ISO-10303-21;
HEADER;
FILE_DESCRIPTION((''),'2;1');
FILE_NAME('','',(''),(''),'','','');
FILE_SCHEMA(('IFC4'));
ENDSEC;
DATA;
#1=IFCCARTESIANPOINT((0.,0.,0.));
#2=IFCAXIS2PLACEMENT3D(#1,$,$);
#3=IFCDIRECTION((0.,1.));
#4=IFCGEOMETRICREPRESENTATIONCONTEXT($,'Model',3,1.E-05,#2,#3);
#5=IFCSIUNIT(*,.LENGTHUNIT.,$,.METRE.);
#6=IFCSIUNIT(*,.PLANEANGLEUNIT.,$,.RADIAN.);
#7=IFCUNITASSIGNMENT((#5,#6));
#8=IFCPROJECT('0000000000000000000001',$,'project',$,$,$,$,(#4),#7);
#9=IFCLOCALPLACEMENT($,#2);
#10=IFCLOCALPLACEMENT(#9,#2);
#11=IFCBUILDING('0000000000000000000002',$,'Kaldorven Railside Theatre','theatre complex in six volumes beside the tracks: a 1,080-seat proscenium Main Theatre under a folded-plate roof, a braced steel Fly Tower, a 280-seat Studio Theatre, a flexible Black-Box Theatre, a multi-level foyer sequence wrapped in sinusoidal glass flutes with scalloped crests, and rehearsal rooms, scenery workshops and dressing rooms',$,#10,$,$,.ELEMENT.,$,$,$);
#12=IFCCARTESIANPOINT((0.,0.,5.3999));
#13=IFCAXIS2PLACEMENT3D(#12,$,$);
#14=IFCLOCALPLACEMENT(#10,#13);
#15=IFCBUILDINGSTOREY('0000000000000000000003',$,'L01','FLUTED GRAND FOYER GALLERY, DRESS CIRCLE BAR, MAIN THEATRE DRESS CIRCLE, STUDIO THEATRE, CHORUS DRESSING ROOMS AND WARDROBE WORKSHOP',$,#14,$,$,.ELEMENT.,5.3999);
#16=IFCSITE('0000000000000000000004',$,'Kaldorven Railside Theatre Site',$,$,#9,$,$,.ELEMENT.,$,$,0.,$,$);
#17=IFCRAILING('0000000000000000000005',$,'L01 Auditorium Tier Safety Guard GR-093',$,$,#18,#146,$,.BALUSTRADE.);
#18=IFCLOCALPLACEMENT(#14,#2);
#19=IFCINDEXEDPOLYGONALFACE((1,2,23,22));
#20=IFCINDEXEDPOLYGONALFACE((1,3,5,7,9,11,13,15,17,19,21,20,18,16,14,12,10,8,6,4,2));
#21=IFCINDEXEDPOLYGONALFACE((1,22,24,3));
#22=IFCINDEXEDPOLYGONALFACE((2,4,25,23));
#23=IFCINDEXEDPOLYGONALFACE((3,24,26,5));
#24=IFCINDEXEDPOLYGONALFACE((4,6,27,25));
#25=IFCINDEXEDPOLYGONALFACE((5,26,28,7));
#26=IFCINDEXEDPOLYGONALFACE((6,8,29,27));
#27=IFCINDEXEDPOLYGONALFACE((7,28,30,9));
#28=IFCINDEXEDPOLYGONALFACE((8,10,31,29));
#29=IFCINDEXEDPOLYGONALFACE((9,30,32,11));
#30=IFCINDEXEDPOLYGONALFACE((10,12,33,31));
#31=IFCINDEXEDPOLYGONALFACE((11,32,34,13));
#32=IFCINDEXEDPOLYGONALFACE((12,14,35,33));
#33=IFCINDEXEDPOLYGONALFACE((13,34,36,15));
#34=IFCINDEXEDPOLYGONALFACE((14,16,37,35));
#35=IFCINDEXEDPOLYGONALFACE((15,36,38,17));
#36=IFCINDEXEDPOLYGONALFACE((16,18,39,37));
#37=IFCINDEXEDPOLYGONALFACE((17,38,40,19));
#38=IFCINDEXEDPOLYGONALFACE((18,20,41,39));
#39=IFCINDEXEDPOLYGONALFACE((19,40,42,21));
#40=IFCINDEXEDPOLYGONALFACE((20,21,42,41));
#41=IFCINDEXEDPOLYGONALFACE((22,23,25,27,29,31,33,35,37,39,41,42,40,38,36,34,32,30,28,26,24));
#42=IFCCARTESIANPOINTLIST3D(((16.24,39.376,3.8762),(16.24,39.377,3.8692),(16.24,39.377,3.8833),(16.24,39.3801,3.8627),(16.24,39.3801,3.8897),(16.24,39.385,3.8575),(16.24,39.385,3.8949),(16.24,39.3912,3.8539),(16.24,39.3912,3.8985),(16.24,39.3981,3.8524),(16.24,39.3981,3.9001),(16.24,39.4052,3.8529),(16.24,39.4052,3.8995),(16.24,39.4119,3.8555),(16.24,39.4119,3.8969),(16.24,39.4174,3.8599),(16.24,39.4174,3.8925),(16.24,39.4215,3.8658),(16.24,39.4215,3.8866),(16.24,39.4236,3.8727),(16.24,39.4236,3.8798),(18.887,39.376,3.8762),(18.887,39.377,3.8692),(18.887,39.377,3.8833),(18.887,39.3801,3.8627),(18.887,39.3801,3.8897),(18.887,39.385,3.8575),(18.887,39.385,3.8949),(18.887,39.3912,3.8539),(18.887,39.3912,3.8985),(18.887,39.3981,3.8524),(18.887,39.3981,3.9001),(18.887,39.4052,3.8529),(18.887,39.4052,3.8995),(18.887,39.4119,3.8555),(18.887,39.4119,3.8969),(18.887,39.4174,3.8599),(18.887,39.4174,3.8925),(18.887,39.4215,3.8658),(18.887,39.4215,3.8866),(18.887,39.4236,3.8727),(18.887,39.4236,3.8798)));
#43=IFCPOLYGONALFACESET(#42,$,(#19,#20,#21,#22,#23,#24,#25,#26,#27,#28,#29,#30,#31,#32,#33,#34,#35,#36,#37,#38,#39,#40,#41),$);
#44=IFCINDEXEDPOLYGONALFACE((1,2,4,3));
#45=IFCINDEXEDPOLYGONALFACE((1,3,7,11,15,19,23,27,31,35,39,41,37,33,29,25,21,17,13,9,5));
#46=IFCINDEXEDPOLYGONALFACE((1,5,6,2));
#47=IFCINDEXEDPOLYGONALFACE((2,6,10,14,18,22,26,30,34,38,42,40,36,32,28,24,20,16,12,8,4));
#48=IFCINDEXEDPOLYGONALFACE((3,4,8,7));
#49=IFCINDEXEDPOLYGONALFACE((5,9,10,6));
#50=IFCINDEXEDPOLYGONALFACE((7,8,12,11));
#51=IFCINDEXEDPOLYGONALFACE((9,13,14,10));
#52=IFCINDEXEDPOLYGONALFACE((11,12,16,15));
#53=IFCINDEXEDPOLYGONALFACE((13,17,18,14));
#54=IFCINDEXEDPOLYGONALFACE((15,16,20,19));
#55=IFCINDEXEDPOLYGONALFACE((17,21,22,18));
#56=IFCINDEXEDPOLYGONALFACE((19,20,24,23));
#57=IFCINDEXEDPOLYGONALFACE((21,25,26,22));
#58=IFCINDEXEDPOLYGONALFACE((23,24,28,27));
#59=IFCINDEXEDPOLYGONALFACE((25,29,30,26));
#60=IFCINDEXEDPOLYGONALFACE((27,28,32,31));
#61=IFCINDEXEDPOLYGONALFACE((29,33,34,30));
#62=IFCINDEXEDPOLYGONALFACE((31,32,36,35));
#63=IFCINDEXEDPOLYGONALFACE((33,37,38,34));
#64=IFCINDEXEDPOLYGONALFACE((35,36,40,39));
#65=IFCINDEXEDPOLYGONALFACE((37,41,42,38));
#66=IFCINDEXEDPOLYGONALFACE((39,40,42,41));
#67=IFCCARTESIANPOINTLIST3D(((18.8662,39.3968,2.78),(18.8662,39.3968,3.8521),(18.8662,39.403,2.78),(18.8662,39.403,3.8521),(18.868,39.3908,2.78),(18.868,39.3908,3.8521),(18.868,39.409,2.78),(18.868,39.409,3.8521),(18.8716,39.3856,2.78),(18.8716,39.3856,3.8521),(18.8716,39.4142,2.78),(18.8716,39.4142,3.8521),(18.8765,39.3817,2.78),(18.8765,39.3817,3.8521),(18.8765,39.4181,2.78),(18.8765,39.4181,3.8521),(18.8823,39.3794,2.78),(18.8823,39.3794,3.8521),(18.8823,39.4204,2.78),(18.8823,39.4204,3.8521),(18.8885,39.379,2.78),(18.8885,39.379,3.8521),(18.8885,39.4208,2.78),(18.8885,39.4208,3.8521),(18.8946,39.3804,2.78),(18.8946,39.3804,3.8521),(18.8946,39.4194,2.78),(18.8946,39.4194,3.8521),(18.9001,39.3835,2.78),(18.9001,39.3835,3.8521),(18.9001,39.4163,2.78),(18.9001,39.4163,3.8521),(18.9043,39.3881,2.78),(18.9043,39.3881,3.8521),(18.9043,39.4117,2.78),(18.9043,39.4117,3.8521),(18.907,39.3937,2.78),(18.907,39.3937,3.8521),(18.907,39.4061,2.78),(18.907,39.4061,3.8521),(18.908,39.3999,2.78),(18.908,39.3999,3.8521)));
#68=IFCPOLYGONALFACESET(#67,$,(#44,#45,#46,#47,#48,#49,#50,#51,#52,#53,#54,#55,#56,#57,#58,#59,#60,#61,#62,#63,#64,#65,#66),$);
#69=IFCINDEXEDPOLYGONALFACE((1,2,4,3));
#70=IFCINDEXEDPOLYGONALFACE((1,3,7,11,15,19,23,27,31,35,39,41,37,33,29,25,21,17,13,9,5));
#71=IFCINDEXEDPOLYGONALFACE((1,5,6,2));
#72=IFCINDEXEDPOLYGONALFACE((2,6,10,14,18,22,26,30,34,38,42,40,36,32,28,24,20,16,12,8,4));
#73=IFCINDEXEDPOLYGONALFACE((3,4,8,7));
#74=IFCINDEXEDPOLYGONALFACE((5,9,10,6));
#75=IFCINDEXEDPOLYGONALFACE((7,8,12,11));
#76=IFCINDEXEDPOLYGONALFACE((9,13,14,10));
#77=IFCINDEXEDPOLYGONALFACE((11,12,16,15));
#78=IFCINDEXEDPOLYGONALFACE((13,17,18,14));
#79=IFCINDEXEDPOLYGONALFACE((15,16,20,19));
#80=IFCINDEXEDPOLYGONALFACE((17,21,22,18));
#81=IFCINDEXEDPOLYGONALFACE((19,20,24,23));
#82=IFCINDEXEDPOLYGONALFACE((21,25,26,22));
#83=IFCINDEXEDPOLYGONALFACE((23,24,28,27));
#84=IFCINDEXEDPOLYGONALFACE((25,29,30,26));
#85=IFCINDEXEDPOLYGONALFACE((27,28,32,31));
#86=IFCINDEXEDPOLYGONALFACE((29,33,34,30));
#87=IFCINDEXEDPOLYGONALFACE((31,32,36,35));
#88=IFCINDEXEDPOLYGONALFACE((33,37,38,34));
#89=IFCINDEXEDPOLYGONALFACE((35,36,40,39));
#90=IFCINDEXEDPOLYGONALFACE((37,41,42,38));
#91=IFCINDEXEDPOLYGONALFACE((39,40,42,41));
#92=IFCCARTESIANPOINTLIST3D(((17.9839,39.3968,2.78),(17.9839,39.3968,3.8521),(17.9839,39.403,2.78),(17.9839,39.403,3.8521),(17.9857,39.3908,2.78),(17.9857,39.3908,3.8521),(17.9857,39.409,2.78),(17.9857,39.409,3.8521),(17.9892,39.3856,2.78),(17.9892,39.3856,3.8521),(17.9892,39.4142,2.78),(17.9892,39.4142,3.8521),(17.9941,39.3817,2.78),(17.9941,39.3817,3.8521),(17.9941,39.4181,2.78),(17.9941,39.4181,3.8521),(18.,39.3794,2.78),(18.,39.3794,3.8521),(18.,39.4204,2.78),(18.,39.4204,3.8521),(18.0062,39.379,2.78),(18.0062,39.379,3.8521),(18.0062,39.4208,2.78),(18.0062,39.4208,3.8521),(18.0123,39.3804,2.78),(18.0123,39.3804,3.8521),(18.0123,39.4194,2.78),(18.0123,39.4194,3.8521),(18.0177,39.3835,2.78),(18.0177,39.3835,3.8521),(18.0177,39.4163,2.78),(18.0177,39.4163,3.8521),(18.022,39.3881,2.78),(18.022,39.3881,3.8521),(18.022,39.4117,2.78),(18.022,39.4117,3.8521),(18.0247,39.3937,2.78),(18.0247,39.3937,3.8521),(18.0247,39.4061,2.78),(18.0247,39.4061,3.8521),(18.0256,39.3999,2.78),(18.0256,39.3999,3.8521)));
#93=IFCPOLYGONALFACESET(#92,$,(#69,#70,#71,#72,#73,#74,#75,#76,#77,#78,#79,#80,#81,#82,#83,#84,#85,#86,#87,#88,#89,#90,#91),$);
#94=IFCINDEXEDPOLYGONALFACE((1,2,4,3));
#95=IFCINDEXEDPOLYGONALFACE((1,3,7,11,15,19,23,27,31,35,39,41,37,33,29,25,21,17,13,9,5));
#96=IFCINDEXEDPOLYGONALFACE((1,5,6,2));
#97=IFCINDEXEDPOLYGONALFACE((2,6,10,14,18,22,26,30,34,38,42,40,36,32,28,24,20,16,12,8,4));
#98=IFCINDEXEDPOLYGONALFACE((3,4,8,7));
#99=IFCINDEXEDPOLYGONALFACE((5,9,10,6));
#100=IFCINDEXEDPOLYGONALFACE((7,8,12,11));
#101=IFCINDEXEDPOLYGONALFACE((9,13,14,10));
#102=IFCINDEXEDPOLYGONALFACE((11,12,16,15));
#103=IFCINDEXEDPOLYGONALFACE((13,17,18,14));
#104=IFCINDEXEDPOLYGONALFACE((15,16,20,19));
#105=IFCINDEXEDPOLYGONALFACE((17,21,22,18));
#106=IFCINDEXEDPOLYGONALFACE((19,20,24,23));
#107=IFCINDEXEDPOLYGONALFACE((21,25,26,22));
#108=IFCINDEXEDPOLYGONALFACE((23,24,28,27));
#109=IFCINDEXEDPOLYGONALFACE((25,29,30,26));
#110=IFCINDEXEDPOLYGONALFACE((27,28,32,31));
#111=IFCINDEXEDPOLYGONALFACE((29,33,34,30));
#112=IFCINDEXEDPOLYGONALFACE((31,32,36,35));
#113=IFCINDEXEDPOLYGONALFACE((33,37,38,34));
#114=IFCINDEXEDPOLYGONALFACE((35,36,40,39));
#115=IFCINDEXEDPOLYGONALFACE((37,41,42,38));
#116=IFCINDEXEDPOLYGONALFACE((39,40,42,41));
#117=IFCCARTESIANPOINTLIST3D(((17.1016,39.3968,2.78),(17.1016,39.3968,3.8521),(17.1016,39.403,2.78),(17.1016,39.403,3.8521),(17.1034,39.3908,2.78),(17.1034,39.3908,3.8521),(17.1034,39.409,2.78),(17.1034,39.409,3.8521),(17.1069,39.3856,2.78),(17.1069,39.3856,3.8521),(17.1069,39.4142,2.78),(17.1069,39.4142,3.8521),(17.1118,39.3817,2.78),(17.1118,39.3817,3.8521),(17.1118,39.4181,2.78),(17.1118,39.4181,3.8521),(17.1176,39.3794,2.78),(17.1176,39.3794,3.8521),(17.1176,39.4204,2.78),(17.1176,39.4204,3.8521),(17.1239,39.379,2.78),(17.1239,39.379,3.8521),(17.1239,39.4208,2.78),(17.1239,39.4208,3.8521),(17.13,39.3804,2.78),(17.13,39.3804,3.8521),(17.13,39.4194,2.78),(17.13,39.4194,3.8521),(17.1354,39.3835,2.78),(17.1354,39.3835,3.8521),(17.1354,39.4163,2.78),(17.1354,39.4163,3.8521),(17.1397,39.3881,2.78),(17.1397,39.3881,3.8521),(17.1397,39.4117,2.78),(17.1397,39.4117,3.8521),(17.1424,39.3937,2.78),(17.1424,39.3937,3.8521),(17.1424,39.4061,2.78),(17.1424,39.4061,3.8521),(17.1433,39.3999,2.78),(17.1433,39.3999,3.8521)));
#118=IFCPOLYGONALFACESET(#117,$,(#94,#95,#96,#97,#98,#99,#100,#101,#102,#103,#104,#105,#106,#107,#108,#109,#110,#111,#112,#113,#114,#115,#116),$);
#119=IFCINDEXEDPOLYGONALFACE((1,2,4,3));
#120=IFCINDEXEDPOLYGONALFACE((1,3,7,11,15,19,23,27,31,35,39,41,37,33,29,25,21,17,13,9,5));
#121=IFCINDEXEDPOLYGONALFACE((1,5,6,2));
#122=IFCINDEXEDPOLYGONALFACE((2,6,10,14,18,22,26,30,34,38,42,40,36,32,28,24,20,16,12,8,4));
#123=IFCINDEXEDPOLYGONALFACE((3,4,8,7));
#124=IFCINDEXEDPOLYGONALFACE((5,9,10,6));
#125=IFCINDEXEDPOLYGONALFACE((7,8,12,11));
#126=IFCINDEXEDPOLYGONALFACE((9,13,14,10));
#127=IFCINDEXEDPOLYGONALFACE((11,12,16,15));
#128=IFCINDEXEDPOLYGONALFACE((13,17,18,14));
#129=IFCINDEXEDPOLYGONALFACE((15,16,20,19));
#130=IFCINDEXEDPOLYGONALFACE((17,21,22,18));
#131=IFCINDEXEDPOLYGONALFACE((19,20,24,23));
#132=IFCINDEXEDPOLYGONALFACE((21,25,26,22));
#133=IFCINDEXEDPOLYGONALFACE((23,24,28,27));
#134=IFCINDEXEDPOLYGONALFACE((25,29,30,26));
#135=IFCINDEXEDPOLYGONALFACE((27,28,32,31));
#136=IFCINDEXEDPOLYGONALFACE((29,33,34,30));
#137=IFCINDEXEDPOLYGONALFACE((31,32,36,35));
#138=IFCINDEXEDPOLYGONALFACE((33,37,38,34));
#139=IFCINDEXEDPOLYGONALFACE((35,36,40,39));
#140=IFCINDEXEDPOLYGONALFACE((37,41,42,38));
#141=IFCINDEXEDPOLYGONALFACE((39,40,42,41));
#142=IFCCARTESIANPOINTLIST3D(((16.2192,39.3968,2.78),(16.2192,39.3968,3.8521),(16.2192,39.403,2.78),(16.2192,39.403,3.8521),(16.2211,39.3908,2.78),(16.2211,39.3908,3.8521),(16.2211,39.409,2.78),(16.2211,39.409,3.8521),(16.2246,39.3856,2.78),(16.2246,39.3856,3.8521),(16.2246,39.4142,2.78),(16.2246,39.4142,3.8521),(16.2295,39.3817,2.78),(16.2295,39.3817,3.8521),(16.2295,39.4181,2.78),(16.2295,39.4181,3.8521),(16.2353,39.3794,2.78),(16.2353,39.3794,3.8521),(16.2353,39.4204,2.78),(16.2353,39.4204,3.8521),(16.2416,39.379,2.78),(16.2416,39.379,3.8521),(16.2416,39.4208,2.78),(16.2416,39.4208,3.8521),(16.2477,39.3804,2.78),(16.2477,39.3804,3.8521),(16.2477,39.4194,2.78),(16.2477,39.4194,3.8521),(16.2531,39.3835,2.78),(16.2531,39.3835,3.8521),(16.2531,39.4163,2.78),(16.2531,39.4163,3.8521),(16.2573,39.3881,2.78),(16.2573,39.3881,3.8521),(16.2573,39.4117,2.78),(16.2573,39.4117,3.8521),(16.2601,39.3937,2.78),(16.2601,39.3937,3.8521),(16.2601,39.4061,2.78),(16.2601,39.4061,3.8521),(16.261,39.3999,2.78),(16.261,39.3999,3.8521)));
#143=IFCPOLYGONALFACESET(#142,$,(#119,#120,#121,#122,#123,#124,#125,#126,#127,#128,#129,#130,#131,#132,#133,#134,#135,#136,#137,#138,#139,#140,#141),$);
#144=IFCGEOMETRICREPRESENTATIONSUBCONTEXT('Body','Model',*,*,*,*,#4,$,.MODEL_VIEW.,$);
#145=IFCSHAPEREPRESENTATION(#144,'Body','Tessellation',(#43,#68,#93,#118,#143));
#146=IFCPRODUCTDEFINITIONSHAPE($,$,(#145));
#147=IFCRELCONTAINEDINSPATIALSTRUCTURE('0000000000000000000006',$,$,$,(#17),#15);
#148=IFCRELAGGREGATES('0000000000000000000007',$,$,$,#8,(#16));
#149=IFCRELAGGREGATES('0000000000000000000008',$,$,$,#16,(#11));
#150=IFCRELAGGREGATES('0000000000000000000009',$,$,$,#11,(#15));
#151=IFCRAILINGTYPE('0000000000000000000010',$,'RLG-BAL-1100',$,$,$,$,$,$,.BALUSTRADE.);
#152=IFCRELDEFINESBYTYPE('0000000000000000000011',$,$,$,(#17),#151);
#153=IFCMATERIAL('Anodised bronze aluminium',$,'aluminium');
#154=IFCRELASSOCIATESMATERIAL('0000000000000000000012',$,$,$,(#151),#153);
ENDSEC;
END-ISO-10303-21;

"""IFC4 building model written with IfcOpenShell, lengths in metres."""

from ifc_helpers import new_model, si_unit, direction, frame, origin, origin_2d, place, context, subcontext, project, spatial, circle, extrude, material, type_object, element, save


model = new_model("IFC4")

# Units and contexts
model_context = context("Model", 3, precision=1e-05, world=origin(), true_north=direction((0.0, 1.0)))
body_context = subcontext(model_context, "Body", "Model", "MODEL_VIEW")
ifc_project = project(units=[si_unit("LENGTHUNIT", "METRE"), si_unit("PLANEANGLEUNIT", "RADIAN")], contexts=[model_context])

# Site, building, storey
site_placement = place(None, origin())
site = spatial("IfcSite", under=ifc_project, at=site_placement, Name="Kaldorven Railside Theatre Site", CompositionType="ELEMENT", RefElevation=0.0)
building_placement = place(site_placement, origin())
building = spatial("IfcBuilding", under=site, at=building_placement, Name="Kaldorven Railside Theatre", Description="theatre complex in six volumes beside the tracks: a 1,080-seat proscenium Main Theatre under a folded-plate roof, a braced steel Fly Tower, a 280-seat Studio Theatre, a flexible Black-Box Theatre, a multi-level foyer sequence wrapped in sinusoidal glass flutes with scalloped crests, and rehearsal rooms, scenery workshops and dressing rooms", CompositionType="ELEMENT")
storey_placement = place(building_placement, frame((0.0, 0.0, 5.3999)))
storey = spatial("IfcBuildingStorey", under=building, at=storey_placement, Name="L01", Description="FLUTED GRAND FOYER GALLERY, DRESS CIRCLE BAR, MAIN THEATRE DRESS CIRCLE, STUDIO THEATRE, CHORUS DRESSING ROOMS AND WARDROBE WORKSHOP", CompositionType="ELEMENT", Elevation=5.3999)

# Railing
ifc_material_1 = material(Name="Anodised bronze aluminium", Category="aluminium")
railing_type = type_object("IfcRailingType", Name="RLG-BAL-1100", PredefinedType="BALUSTRADE", material=ifc_material_1)
railing_1_placement = place(storey_placement, frame((18.887, 39.3999, 2.78)))
element("IfcRailing", 1, at=railing_1_placement, inside=storey, type_object=railing_type, Name="L01 Auditorium Tier Safety Guard GR-093", PredefinedType="BALUSTRADE", context=body_context, shape_type="SweptSolid", body=[
    extrude(circle(Radius=0.0239, at=origin_2d()), frame((0.0, 0.0, 1.0962), z_axis=(-1.0, 0.0, 0.0), x_axis=(0.0, -1.0, 0.0)), (0.0, 0.0, 1.0), 2.647),
    extrude(circle(Radius=0.021, at=origin_2d()), origin(), (0.0, 0.0, 1.0), 1.072),
    extrude(circle(Radius=0.021, at=origin_2d()), frame((-0.8823, 0.0, 0.0)), (0.0, 0.0, 1.0), 1.072),
    extrude(circle(Radius=0.021, at=origin_2d()), frame((-1.7646, 0.0, 0.0)), (0.0, 0.0, 1.0), 1.072),
    extrude(circle(Radius=0.021, at=origin_2d()), frame((-2.647, 0.0, 0.0)), (0.0, 0.0, 1.0), 1.072),
])

save(model, "model.ifc")
